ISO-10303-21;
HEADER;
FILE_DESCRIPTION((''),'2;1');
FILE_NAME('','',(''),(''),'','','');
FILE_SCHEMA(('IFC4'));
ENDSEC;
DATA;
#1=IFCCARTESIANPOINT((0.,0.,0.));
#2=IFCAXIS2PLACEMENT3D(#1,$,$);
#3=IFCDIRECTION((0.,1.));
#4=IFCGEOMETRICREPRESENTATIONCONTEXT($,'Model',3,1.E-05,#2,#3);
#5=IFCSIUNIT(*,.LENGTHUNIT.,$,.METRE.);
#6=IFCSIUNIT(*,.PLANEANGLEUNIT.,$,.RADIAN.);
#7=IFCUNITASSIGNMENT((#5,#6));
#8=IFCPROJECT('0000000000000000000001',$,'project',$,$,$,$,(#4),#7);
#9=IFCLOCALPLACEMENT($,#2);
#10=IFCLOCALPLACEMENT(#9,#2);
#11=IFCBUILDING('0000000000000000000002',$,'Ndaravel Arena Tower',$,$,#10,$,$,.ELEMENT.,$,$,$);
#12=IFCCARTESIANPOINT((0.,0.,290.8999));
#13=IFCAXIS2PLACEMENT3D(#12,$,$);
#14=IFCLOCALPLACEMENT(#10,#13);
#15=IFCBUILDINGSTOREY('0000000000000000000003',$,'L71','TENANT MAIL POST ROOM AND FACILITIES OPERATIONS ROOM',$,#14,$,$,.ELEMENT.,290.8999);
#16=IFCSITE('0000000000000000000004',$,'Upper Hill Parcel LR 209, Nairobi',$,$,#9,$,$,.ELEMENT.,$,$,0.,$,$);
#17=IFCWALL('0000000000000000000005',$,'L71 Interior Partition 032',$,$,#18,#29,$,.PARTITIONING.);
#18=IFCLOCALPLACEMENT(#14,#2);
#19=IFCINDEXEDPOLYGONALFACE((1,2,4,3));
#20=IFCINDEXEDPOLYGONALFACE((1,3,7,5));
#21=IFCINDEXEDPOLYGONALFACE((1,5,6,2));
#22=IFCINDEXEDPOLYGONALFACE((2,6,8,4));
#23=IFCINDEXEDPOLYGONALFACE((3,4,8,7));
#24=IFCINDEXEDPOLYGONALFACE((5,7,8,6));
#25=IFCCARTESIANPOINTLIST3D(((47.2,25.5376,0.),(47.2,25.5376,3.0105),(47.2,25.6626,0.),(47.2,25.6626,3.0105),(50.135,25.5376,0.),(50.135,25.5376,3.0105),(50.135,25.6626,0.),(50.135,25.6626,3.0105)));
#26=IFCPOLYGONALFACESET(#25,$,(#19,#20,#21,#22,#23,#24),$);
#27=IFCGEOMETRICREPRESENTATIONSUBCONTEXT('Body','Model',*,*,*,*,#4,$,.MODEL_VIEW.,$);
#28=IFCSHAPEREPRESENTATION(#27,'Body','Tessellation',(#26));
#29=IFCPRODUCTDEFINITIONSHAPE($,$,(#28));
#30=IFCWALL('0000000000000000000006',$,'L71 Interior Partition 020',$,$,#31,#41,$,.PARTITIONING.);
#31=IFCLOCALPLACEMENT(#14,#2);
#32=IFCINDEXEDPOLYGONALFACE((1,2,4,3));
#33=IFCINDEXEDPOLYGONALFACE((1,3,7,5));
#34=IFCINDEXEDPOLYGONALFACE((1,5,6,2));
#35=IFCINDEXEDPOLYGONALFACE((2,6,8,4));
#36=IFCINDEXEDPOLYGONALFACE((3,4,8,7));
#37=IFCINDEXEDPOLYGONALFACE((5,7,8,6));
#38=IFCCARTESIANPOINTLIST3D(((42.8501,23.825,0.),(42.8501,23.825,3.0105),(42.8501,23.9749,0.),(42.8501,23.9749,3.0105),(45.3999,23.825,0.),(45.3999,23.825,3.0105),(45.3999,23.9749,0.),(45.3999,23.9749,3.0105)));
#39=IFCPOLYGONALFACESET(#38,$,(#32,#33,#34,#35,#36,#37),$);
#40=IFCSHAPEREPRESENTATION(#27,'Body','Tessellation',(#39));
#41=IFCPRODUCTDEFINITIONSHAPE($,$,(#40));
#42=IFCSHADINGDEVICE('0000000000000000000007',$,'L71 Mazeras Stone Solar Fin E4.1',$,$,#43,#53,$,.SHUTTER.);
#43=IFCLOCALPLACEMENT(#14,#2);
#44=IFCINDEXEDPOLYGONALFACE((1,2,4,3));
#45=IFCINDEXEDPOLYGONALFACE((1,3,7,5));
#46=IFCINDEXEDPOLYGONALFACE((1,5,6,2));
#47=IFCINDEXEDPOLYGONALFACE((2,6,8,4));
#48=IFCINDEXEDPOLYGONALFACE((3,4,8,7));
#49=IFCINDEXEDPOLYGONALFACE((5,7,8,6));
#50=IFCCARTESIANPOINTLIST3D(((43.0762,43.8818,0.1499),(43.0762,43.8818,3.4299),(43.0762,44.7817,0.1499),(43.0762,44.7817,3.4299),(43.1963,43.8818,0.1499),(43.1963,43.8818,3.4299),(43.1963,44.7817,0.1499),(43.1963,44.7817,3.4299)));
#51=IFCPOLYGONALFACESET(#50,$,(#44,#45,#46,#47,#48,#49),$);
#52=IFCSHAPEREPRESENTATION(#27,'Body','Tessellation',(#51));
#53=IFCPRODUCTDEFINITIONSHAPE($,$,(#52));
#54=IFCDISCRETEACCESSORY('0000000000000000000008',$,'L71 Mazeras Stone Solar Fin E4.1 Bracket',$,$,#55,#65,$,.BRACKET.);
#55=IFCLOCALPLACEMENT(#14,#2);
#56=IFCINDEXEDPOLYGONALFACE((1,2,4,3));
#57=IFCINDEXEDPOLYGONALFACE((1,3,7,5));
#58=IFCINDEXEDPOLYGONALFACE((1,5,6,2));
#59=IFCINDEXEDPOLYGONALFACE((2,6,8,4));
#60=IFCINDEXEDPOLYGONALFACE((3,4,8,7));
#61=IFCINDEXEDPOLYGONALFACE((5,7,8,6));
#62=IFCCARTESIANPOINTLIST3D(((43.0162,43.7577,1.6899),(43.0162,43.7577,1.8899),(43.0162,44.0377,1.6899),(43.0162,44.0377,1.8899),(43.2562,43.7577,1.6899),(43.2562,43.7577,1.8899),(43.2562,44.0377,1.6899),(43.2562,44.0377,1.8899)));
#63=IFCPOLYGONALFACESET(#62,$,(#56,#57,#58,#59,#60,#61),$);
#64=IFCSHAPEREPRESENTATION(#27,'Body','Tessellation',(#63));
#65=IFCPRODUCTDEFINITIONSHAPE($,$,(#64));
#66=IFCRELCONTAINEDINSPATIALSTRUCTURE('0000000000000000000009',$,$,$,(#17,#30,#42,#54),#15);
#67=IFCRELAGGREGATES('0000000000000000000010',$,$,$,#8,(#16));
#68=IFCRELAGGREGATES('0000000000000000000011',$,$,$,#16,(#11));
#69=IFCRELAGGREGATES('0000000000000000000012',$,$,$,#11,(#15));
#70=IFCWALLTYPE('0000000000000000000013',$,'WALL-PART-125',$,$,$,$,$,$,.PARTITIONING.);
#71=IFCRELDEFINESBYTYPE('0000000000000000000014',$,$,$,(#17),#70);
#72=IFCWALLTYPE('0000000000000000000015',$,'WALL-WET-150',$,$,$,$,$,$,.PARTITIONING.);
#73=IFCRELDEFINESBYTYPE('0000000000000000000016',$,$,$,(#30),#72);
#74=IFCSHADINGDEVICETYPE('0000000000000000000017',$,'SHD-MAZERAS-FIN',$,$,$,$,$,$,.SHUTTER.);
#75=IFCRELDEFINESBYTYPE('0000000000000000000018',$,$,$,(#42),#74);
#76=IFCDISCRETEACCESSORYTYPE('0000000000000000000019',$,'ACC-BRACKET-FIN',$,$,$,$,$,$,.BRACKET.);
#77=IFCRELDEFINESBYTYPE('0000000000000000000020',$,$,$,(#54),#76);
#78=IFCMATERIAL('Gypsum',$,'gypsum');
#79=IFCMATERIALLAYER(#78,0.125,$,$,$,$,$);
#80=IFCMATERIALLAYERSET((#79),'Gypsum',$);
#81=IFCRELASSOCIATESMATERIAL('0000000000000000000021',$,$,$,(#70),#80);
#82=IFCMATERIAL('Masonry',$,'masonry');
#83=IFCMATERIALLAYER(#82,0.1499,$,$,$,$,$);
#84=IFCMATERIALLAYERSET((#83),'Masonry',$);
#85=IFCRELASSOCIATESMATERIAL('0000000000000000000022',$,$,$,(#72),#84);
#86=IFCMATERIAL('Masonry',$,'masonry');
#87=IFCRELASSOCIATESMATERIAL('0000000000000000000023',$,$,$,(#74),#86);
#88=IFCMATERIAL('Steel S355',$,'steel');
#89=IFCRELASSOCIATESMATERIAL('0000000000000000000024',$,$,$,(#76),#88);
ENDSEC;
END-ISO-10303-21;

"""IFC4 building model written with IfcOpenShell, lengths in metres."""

from ifc_helpers import new_model, si_unit, direction, frame, frame_2d, origin, origin_2d, place, context, subcontext, project, spatial, rectangle, extrude, material, layer, layer_set, type_object, element, save


model = new_model("IFC4")

# Units and contexts
model_context = context("Model", 3, precision=1e-05, world=origin(), true_north=direction((0.0, 1.0)))
body_context = subcontext(model_context, "Body", "Model", "MODEL_VIEW")
ifc_project = project(units=[si_unit("LENGTHUNIT", "METRE"), si_unit("PLANEANGLEUNIT", "RADIAN")], contexts=[model_context])

# Site, building, storey
site_placement = place(None, origin())
site = spatial("IfcSite", under=ifc_project, at=site_placement, Name="Upper Hill Parcel LR 209, Nairobi", CompositionType="ELEMENT", RefElevation=0.0)
building_placement = place(site_placement, origin())
building = spatial("IfcBuilding", under=site, at=building_placement, Name="Ndaravel Arena Tower", CompositionType="ELEMENT")
storey_placement = place(building_placement, frame((0.0, 0.0, 290.8999)))
storey = spatial("IfcBuildingStorey", under=building, at=storey_placement, Name="L71", Description="TENANT MAIL POST ROOM AND FACILITIES OPERATIONS ROOM", CompositionType="ELEMENT", Elevation=290.8999)

# Shared definitions
ifc_material_1 = material(Name="Gypsum", Category="gypsum")
ifc_layer_1 = layer(ifc_material_1, 0.125)
ifc_layer_set_1 = layer_set([ifc_layer_1], Name="Gypsum")
wall_type_1 = type_object("IfcWallType", Name="WALL-PART-125", PredefinedType="PARTITIONING", material=ifc_layer_set_1)

# Walls
wall_1_placement = place(storey_placement, frame((47.2, 25.6001, 0.0), z_axis=(0.0, 0.0, 1.0), x_axis=(1.0, 0.0, 0.0)))
element("IfcWall", 1, at=wall_1_placement, inside=storey, type_object=wall_type_1, Name="L71 Interior Partition 032", PredefinedType="PARTITIONING", context=body_context, shape_type="SweptSolid", body=[
    extrude(rectangle(XDim=2.9351, YDim=0.125, at=frame_2d((1.4675, 0.0))), origin(), (0.0, 0.0, 1.0), 3.0105),
])
ifc_material_2 = material(Name="Masonry", Category="masonry")
ifc_layer_2 = layer(ifc_material_2, 0.1499)
ifc_layer_set_2 = layer_set([ifc_layer_2], Name="Masonry")
wall_type_2 = type_object("IfcWallType", Name="WALL-WET-150", PredefinedType="PARTITIONING", material=ifc_layer_set_2)
wall_2_placement = place(storey_placement, frame((45.3999, 23.8999, 0.0), z_axis=(0.0, 0.0, 1.0), x_axis=(-1.0, 0.0, 0.0)))
element("IfcWall", 2, at=wall_2_placement, inside=storey, type_object=wall_type_2, Name="L71 Interior Partition 020", PredefinedType="PARTITIONING", context=body_context, shape_type="SweptSolid", body=[
    extrude(rectangle(XDim=2.5498, YDim=0.1499, at=frame_2d((1.2749, 0.0))), origin(), (0.0, 0.0, 1.0), 3.0105),
])

# Shading device
ifc_material_3 = material(Name="Masonry", Category="masonry")
shading_device_type = type_object("IfcShadingDeviceType", Name="SHD-MAZERAS-FIN", PredefinedType="SHUTTER", material=ifc_material_3)
shading_device_placement = place(storey_placement, frame((43.1362, 44.3318, 0.1499), z_axis=(0.0, 0.0, 1.0), x_axis=(0.0, 1.0, 0.0)))
element("IfcShadingDevice", 3, at=shading_device_placement, inside=storey, type_object=shading_device_type, Name="L71 Mazeras Stone Solar Fin E4.1", PredefinedType="SHUTTER", context=body_context, shape_type="SweptSolid", body=[
    extrude(rectangle(XDim=0.8999, YDim=0.1201, at=origin_2d()), origin(), (0.0, 0.0, 1.0), 3.28),
])

# Discrete accessory
ifc_material_4 = material(Name="Steel S355", Category="steel")
discrete_accessory_type = type_object("IfcDiscreteAccessoryType", Name="ACC-BRACKET-FIN", PredefinedType="BRACKET", material=ifc_material_4)
discrete_accessory_placement = place(storey_placement, frame((43.1362, 43.8977, 1.6899), z_axis=(0.0, 0.0, 1.0), x_axis=(0.0, 1.0, 0.0)))
element("IfcDiscreteAccessory", 4, at=discrete_accessory_placement, inside=storey, type_object=discrete_accessory_type, Name="L71 Mazeras Stone Solar Fin E4.1 Bracket", PredefinedType="BRACKET", context=body_context, shape_type="SweptSolid", body=[
    extrude(rectangle(XDim=0.28, YDim=0.24, at=origin_2d()), origin(), (0.0, 0.0, 1.0), 0.2),
])

save(model, "model.ifc")
